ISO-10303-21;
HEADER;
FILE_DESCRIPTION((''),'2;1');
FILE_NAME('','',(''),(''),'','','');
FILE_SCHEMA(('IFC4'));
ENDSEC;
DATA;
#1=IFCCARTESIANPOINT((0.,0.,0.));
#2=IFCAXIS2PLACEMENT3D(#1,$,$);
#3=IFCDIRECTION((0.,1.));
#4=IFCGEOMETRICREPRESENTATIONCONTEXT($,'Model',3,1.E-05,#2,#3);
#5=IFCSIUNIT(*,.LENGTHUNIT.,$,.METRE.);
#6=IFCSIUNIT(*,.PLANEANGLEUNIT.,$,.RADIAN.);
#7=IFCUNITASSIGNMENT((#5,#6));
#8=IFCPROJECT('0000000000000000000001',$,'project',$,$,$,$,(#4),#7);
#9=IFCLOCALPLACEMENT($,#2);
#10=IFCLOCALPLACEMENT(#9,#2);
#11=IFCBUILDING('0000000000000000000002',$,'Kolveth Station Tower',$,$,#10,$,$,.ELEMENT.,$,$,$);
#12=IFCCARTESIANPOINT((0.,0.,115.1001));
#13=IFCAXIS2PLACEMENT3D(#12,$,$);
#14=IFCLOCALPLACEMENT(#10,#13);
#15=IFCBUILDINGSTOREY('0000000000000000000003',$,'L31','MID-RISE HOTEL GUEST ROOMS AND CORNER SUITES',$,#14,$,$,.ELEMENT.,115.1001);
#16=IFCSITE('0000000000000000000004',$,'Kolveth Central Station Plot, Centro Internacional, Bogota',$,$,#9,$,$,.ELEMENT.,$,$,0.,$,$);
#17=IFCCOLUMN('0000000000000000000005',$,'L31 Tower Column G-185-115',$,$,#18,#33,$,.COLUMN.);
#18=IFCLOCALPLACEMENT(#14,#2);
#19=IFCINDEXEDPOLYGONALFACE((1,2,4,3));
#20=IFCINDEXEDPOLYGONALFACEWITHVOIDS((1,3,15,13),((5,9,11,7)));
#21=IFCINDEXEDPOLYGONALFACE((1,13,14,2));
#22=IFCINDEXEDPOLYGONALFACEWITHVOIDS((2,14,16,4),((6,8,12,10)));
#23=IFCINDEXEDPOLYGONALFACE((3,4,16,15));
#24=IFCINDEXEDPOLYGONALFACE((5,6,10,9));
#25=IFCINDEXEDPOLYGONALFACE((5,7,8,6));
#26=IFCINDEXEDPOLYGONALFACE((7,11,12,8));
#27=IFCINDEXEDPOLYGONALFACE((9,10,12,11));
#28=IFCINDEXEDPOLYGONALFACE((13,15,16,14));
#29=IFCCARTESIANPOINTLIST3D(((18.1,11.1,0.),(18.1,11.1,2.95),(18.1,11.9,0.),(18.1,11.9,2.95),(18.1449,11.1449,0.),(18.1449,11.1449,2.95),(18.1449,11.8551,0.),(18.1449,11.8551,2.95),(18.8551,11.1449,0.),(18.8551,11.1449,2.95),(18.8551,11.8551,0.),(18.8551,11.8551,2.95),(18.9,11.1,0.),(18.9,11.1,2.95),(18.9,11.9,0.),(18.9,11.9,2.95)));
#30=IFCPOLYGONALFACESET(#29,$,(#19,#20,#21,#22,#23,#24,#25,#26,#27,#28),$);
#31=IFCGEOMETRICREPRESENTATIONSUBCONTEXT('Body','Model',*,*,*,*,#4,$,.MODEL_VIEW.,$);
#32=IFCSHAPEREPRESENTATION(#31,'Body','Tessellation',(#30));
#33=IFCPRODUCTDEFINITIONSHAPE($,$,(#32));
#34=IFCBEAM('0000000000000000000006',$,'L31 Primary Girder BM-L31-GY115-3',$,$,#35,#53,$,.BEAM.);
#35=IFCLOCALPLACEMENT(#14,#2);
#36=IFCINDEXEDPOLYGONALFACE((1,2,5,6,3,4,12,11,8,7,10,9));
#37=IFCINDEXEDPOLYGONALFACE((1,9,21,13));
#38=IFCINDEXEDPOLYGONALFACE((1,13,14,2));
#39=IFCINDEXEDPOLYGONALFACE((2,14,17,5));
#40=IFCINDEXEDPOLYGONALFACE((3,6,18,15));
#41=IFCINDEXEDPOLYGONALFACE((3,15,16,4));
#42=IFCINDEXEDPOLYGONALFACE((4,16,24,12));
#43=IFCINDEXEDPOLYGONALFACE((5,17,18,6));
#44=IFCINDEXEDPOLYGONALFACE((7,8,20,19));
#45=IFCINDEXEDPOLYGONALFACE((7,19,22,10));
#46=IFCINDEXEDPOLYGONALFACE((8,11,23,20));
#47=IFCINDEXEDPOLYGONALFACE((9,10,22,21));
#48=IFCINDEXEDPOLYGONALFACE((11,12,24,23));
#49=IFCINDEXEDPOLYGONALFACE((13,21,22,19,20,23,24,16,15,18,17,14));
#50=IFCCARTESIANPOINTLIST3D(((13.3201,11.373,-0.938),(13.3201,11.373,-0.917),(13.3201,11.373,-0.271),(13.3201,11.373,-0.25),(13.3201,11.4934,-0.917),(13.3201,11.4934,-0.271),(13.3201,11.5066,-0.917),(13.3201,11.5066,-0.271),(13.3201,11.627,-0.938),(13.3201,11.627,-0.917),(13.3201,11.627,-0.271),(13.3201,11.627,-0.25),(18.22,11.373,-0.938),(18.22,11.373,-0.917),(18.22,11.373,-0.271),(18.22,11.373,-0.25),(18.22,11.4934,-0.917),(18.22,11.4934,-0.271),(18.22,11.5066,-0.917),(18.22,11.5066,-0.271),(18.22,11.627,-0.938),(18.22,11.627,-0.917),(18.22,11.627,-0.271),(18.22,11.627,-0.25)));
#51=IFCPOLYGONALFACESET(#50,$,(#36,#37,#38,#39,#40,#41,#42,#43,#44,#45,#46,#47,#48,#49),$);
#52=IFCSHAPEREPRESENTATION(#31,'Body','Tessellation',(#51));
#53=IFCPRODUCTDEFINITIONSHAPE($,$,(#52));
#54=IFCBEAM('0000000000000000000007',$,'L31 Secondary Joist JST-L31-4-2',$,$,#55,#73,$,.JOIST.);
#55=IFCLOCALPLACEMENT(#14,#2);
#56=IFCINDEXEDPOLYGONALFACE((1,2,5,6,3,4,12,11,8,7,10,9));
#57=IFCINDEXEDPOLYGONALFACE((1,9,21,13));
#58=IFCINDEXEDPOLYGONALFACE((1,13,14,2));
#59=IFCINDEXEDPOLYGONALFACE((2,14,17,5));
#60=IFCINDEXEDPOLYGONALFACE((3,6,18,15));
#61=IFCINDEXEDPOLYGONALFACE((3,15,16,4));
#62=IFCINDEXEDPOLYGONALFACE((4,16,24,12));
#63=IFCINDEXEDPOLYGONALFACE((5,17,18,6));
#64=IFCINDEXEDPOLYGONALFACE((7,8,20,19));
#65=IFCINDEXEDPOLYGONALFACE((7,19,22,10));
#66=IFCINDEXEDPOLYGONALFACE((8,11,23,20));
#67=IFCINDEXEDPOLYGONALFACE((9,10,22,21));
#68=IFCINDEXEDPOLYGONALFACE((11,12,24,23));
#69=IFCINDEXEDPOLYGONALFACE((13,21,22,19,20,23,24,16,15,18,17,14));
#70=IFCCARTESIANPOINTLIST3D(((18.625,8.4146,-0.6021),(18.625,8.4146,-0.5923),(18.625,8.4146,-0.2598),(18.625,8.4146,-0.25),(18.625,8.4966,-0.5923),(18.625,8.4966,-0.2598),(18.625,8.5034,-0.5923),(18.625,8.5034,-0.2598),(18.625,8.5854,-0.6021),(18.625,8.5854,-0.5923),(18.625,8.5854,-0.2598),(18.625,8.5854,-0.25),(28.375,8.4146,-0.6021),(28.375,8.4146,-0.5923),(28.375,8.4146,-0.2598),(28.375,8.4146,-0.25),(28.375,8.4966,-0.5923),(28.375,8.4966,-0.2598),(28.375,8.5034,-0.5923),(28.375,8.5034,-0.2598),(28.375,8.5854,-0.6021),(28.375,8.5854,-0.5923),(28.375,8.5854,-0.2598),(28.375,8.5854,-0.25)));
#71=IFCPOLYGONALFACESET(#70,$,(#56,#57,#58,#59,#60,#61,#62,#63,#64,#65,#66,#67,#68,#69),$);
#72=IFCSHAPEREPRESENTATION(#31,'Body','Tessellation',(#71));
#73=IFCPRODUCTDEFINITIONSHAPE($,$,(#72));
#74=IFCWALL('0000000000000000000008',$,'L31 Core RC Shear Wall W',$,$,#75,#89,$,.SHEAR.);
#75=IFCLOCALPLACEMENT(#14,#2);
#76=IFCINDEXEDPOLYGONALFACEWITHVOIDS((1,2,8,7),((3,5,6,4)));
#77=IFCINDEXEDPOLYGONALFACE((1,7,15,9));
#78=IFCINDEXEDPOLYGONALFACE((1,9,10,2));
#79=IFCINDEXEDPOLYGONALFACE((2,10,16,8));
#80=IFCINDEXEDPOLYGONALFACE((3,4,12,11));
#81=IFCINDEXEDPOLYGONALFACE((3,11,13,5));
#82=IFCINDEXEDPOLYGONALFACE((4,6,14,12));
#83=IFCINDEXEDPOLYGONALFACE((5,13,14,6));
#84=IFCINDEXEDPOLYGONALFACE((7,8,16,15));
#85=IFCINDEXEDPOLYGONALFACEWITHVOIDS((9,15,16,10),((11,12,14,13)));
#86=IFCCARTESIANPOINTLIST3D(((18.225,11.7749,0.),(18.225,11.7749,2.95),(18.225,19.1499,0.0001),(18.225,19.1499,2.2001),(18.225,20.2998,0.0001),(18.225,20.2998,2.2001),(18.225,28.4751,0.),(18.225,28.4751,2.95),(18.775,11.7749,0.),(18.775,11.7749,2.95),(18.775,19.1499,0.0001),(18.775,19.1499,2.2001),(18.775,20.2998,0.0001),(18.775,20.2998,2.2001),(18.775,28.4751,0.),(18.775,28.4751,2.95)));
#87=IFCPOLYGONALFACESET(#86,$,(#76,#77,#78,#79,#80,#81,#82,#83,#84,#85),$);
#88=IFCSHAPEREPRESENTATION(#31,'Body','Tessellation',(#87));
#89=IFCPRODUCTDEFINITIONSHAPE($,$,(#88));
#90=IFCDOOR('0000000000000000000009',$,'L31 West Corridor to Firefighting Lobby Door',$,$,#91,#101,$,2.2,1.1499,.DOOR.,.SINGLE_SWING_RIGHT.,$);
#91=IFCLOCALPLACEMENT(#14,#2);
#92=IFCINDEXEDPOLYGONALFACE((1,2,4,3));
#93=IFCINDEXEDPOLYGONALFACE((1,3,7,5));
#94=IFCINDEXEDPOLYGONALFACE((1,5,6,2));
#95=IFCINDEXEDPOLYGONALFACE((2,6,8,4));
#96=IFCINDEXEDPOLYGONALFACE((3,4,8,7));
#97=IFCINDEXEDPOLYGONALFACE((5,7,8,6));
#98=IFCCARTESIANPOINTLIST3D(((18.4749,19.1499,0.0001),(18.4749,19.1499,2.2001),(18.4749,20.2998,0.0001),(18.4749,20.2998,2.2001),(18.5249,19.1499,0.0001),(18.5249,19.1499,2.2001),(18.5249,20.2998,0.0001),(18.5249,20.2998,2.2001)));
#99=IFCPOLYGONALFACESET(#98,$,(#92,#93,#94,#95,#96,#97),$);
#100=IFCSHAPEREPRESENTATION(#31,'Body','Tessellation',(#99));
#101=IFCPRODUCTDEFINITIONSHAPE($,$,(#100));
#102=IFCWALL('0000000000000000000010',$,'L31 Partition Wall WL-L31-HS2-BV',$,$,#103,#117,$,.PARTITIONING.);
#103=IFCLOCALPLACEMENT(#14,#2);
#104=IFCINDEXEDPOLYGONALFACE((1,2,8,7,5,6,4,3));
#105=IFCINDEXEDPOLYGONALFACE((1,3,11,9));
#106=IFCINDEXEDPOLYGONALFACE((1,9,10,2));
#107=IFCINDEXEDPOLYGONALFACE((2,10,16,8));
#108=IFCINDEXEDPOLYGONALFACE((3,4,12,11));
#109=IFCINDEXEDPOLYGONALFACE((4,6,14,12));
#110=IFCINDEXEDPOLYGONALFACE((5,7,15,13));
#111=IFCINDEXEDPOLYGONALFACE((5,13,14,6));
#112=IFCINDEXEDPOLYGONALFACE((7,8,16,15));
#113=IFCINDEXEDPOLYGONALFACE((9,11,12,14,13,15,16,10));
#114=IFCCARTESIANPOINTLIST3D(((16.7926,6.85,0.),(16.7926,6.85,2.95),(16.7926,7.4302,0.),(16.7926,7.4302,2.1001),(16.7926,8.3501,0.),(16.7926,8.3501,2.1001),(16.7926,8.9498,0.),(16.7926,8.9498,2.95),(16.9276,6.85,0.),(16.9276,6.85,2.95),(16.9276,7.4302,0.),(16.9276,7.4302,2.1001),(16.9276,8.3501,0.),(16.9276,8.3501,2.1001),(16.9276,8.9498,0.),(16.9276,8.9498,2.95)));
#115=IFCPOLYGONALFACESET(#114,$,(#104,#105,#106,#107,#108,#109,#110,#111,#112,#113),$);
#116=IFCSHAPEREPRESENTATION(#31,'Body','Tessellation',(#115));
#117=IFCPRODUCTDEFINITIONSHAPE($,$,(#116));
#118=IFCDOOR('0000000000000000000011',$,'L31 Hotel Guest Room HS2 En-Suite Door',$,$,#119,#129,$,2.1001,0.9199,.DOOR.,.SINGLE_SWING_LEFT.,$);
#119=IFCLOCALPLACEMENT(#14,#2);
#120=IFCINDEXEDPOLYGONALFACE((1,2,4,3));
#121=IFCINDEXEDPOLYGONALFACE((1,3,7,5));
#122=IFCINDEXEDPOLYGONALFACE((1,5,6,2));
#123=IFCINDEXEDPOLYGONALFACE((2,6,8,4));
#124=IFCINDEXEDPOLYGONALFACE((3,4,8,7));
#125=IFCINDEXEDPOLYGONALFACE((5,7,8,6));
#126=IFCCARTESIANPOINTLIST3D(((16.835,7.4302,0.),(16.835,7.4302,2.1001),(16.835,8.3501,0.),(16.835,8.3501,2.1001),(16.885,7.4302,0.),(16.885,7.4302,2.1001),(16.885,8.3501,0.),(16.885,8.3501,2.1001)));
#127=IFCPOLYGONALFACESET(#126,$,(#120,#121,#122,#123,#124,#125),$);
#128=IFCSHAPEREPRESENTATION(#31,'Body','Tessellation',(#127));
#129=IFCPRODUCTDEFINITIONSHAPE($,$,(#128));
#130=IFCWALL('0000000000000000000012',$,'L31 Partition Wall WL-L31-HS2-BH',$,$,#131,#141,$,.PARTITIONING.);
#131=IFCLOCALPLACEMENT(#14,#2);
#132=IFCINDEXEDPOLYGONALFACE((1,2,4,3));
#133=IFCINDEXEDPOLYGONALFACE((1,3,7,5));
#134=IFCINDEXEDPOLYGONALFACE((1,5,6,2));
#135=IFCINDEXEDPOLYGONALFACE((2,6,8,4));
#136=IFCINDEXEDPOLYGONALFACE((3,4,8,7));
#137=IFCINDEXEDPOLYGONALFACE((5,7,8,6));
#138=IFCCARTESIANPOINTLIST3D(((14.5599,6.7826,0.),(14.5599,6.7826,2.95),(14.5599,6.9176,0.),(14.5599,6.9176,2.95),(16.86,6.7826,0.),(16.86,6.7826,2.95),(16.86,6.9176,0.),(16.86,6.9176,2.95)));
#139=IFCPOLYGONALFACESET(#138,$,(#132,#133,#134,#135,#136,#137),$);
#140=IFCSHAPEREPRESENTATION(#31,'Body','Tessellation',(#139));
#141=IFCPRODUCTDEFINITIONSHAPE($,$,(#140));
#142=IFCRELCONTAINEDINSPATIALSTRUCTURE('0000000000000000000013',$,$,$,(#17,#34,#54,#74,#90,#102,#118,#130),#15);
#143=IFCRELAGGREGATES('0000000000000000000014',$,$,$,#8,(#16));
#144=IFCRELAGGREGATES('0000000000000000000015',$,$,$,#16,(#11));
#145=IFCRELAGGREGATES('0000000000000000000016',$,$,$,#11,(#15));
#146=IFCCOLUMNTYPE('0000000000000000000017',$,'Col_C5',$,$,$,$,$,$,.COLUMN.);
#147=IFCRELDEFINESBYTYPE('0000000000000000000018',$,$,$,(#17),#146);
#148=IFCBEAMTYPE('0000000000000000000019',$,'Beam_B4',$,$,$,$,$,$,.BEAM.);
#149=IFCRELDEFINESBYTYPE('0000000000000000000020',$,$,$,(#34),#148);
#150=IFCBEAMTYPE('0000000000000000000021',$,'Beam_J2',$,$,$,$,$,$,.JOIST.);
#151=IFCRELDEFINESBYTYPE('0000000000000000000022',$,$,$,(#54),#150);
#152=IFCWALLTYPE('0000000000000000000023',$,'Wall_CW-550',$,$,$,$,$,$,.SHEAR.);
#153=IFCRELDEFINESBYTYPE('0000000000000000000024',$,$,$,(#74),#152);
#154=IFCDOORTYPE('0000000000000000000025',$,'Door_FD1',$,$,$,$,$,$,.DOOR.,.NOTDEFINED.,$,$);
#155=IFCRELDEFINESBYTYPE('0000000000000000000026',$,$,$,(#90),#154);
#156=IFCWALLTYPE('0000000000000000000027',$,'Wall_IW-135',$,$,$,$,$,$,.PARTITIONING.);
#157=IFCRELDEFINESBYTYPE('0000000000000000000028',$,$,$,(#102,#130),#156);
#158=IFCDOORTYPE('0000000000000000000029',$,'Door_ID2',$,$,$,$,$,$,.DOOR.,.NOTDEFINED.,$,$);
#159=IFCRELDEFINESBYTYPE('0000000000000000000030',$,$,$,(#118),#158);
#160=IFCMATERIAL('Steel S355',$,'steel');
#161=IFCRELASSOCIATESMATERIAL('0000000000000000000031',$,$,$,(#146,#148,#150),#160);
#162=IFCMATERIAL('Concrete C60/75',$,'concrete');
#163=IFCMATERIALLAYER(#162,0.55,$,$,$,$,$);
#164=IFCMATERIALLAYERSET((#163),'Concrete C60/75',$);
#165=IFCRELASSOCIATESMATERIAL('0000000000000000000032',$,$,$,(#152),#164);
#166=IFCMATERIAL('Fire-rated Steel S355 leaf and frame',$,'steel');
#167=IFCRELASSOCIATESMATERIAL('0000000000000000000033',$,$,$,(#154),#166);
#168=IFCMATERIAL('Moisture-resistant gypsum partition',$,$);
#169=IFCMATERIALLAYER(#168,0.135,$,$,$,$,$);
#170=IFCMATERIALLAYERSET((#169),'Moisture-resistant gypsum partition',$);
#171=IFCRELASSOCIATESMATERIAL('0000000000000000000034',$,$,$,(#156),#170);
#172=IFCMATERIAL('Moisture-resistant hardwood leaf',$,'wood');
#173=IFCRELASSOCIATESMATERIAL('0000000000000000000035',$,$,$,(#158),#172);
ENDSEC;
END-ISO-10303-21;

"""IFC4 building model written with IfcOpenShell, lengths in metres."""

from ifc_helpers import new_model, si_unit, direction, frame, frame_2d, origin, origin_2d, place, context, subcontext, project, spatial, rectangle, hollow_rectangle, i_section, extrude, source, transform, mapped, material, layer, layer_set, material_profile, profile_set, type_object, element, fill, save


model = new_model("IFC4")

# Units and contexts
model_context = context("Model", 3, precision=1e-05, world=origin(), true_north=direction((0.0, 1.0)))
body_context = subcontext(model_context, "Body", "Model", "MODEL_VIEW")
ifc_project = project(units=[si_unit("LENGTHUNIT", "METRE"), si_unit("PLANEANGLEUNIT", "RADIAN")], contexts=[model_context])

# Site, building, storey
site_placement = place(None, origin())
site = spatial("IfcSite", under=ifc_project, at=site_placement, Name="Kolveth Central Station Plot, Centro Internacional, Bogota", CompositionType="ELEMENT", RefElevation=0.0)
building_placement = place(site_placement, origin())
building = spatial("IfcBuilding", under=site, at=building_placement, Name="Kolveth Station Tower", CompositionType="ELEMENT")
storey_placement = place(building_placement, frame((0.0, 0.0, 115.1001)))
storey = spatial("IfcBuildingStorey", under=building, at=storey_placement, Name="L31", Description="MID-RISE HOTEL GUEST ROOMS AND CORNER SUITES", CompositionType="ELEMENT", Elevation=115.1001)

# Column
ifc_material_1 = material(Name="Steel S355", Category="steel")
ifc_material_profile_1 = material_profile(ifc_material_1, hollow_rectangle(XDim=0.8, YDim=0.8, WallThickness=0.0449, at=origin_2d()), Name="BOX800x800x45")
ifc_profile_set_1 = profile_set([ifc_material_profile_1], Name="Steel S355")
column_type = type_object("IfcColumnType", Name="Col_C5", PredefinedType="COLUMN", material=ifc_profile_set_1)
shared_shape_1 = source(origin(), body_context, "Body", "SweptSolid", [
    extrude(hollow_rectangle(XDim=0.8, YDim=0.8, WallThickness=0.0449, at=origin_2d()), origin(), (0.0, 0.0, 1.0), 2.95),
])
column_placement = place(storey_placement, frame((18.5, 11.5, 0.0), z_axis=(0.0, 0.0, 1.0), x_axis=(1.0, 0.0, 0.0)))
element("IfcColumn", 1, at=column_placement, inside=storey, type_object=column_type, Name="L31 Tower Column G-185-115", PredefinedType="COLUMN", context=body_context, shape_type="MappedRepresentation", body=[
    mapped(shared_shape_1, transform((0.0, 0.0, 0.0), x_axis=(1.0, 0.0, 0.0), y_axis=(0.0, 1.0, 0.0), z_axis=(0.0, 0.0, 1.0), scale=1.0)),
])

# Beams
ifc_material_profile_2 = material_profile(ifc_material_1, i_section(OverallWidth=0.2539, OverallDepth=0.688, WebThickness=0.0132, FlangeThickness=0.021, at=origin_2d()), Name="W690x152")
ifc_profile_set_2 = profile_set([ifc_material_profile_2], Name="Steel S355")
beam_type_1 = type_object("IfcBeamType", Name="Beam_B4", PredefinedType="BEAM", material=ifc_profile_set_2)
shared_shape_2 = source(origin(), body_context, "Body", "SweptSolid", [
    extrude(i_section(OverallWidth=0.2539, OverallDepth=0.688, WebThickness=0.0132, FlangeThickness=0.021, at=origin_2d()), origin(), (0.0, 0.0, 1.0), 4.8999),
])
beam_1_placement = place(storey_placement, frame((13.3201, 11.5, -0.594), z_axis=(1.0, 0.0, 0.0), x_axis=(0.0, 1.0, 0.0)))
element("IfcBeam", 2, at=beam_1_placement, inside=storey, type_object=beam_type_1, Name="L31 Primary Girder BM-L31-GY115-3", PredefinedType="BEAM", context=body_context, shape_type="MappedRepresentation", body=[
    mapped(shared_shape_2, transform((0.0, 0.0, 0.0), x_axis=(1.0, 0.0, 0.0), y_axis=(0.0, 1.0, 0.0), z_axis=(0.0, 0.0, 1.0), scale=1.0)),
])
ifc_material_profile_3 = material_profile(ifc_material_1, i_section(OverallWidth=0.1709, OverallDepth=0.3521, WebThickness=0.0068, FlangeThickness=0.0098, at=origin_2d()), Name="W360x44")
ifc_profile_set_3 = profile_set([ifc_material_profile_3], Name="Steel S355")
beam_type_2 = type_object("IfcBeamType", Name="Beam_J2", PredefinedType="JOIST", material=ifc_profile_set_3)
shared_shape_3 = source(origin(), body_context, "Body", "SweptSolid", [
    extrude(i_section(OverallWidth=0.1709, OverallDepth=0.3521, WebThickness=0.0068, FlangeThickness=0.0098, at=origin_2d()), origin(), (0.0, 0.0, 1.0), 9.75),
])
beam_2_placement = place(storey_placement, frame((18.625, 8.5, -0.426), z_axis=(1.0, 0.0, 0.0), x_axis=(0.0, 1.0, 0.0)))
element("IfcBeam", 3, at=beam_2_placement, inside=storey, type_object=beam_type_2, Name="L31 Secondary Joist JST-L31-4-2", PredefinedType="JOIST", context=body_context, shape_type="MappedRepresentation", body=[
    mapped(shared_shape_3, transform((0.0, 0.0, 0.0), x_axis=(1.0, 0.0, 0.0), y_axis=(0.0, 1.0, 0.0), z_axis=(0.0, 0.0, 1.0), scale=1.0)),
])

# Shared definitions
ifc_material_2 = material(Name="Concrete C60/75", Category="concrete")
ifc_layer_1 = layer(ifc_material_2, 0.55)
ifc_layer_set_1 = layer_set([ifc_layer_1], Name="Concrete C60/75")
wall_type_1 = type_object("IfcWallType", Name="Wall_CW-550", PredefinedType="SHEAR", material=ifc_layer_set_1)

# Walls, openings, doors
wall_1_placement = place(storey_placement, frame((18.5, 11.7749, 0.0), z_axis=(0.0, 0.0, 1.0), x_axis=(0.0, 1.0, 0.0)))
wall_1 = element("IfcWall", 4, at=wall_1_placement, inside=storey, type_object=wall_type_1, Name="L31 Core RC Shear Wall W", PredefinedType="SHEAR", context=body_context, shape_type="SweptSolid", body=[
    extrude(rectangle(XDim=16.7002, YDim=0.55, at=frame_2d((8.3501, 0.0))), origin(), (0.0, 0.0, 1.0), 2.95),
])
opening_1_placement = place(wall_1_placement, frame((7.375, 0.0, 0.0)))
opening_1 = element("IfcOpeningElement", 5, at=opening_1_placement, cuts=wall_1, PredefinedType="OPENING", context=body_context, shape_type="SweptSolid", body=[
    extrude(rectangle(XDim=1.1499, YDim=2.2, at=frame_2d((0.575, 1.1001))), frame((0.0, 0.2849, 0.0), z_axis=(0.0, -1.0, 0.0), x_axis=(1.0, 0.0, 0.0)), (0.0, 0.0, 1.0), 0.5701),
])
ifc_material_3 = material(Name="Fire-rated Steel S355 leaf and frame", Category="steel")
door_type_1 = type_object("IfcDoorType", Name="Door_FD1", OperationType="NOTDEFINED", PredefinedType="DOOR", material=ifc_material_3)
door_1_placement = place(opening_1_placement, frame((1.1499, 0.0, 0.0), z_axis=(0.0, 0.0, 1.0), x_axis=(-1.0, 0.0, 0.0)))
door_1 = element("IfcDoor", 6, at=door_1_placement, inside=storey, type_object=door_type_1, Name="L31 West Corridor to Firefighting Lobby Door", OperationType="SINGLE_SWING_RIGHT", OverallHeight=2.2, OverallWidth=1.1499, PredefinedType="DOOR", context=body_context, shape_type="SweptSolid", body=[
    extrude(rectangle(XDim=1.1499, YDim=2.2, at=frame_2d((0.575, 1.1001))), frame((0.0, 0.0249, 0.0), z_axis=(0.0, -1.0, 0.0), x_axis=(1.0, 0.0, 0.0)), (0.0, 0.0, 1.0), 0.05),
])
fill(opening_1, door_1)
ifc_material_4 = material(Name="Moisture-resistant gypsum partition")
ifc_layer_2 = layer(ifc_material_4, 0.135)
ifc_layer_set_2 = layer_set([ifc_layer_2], Name="Moisture-resistant gypsum partition")
wall_type_2 = type_object("IfcWallType", Name="Wall_IW-135", PredefinedType="PARTITIONING", material=ifc_layer_set_2)
wall_2_placement = place(storey_placement, frame((16.8601, 6.8501, 0.0), z_axis=(0.0, 0.0, 1.0), x_axis=(0.0, 1.0, 0.0)))
wall_2 = element("IfcWall", 7, at=wall_2_placement, inside=storey, type_object=wall_type_2, Name="L31 Partition Wall WL-L31-HS2-BV", PredefinedType="PARTITIONING", context=body_context, shape_type="SweptSolid", body=[
    extrude(rectangle(XDim=2.0999, YDim=0.135, at=frame_2d((1.0498, 0.0))), origin(), (0.0, 0.0, 1.0), 2.95),
])
opening_2_placement = place(wall_2_placement, frame((0.5801, 0.0, 0.0)))
opening_2 = element("IfcOpeningElement", 8, at=opening_2_placement, cuts=wall_2, PredefinedType="OPENING", context=body_context, shape_type="SweptSolid", body=[
    extrude(rectangle(XDim=0.9199, YDim=2.1001, at=frame_2d((0.46, 1.05))), frame((0.0, 0.0774, 0.0), z_axis=(0.0, -1.0, 0.0), x_axis=(1.0, 0.0, 0.0)), (0.0, 0.0, 1.0), 0.155),
])
ifc_material_5 = material(Name="Moisture-resistant hardwood leaf", Category="wood")
door_type_2 = type_object("IfcDoorType", Name="Door_ID2", OperationType="NOTDEFINED", PredefinedType="DOOR", material=ifc_material_5)
door_2_placement = place(opening_2_placement, frame((0.9199, 0.0, 0.0), z_axis=(0.0, 0.0, 1.0), x_axis=(-1.0, 0.0, 0.0)))
door_2 = element("IfcDoor", 9, at=door_2_placement, inside=storey, type_object=door_type_2, Name="L31 Hotel Guest Room HS2 En-Suite Door", OperationType="SINGLE_SWING_LEFT", OverallHeight=2.1001, OverallWidth=0.9199, PredefinedType="DOOR", context=body_context, shape_type="SweptSolid", body=[
    extrude(rectangle(XDim=0.9199, YDim=2.1001, at=frame_2d((0.46, 1.05))), frame((0.0, 0.0249, 0.0), z_axis=(0.0, -1.0, 0.0), x_axis=(1.0, 0.0, 0.0)), (0.0, 0.0, 1.0), 0.05),
])
fill(opening_2, door_2)

# Wall
wall_3_placement = place(storey_placement, frame((14.5601, 6.8501, 0.0), z_axis=(0.0, 0.0, 1.0), x_axis=(1.0, 0.0, 0.0)))
element("IfcWall", 10, at=wall_3_placement, inside=storey, type_object=wall_type_2, Name="L31 Partition Wall WL-L31-HS2-BH", PredefinedType="PARTITIONING", context=body_context, shape_type="SweptSolid", body=[
    extrude(rectangle(XDim=2.3, YDim=0.135, at=frame_2d((1.1499, 0.0))), origin(), (0.0, 0.0, 1.0), 2.95),
])

save(model, "model.ifc")
